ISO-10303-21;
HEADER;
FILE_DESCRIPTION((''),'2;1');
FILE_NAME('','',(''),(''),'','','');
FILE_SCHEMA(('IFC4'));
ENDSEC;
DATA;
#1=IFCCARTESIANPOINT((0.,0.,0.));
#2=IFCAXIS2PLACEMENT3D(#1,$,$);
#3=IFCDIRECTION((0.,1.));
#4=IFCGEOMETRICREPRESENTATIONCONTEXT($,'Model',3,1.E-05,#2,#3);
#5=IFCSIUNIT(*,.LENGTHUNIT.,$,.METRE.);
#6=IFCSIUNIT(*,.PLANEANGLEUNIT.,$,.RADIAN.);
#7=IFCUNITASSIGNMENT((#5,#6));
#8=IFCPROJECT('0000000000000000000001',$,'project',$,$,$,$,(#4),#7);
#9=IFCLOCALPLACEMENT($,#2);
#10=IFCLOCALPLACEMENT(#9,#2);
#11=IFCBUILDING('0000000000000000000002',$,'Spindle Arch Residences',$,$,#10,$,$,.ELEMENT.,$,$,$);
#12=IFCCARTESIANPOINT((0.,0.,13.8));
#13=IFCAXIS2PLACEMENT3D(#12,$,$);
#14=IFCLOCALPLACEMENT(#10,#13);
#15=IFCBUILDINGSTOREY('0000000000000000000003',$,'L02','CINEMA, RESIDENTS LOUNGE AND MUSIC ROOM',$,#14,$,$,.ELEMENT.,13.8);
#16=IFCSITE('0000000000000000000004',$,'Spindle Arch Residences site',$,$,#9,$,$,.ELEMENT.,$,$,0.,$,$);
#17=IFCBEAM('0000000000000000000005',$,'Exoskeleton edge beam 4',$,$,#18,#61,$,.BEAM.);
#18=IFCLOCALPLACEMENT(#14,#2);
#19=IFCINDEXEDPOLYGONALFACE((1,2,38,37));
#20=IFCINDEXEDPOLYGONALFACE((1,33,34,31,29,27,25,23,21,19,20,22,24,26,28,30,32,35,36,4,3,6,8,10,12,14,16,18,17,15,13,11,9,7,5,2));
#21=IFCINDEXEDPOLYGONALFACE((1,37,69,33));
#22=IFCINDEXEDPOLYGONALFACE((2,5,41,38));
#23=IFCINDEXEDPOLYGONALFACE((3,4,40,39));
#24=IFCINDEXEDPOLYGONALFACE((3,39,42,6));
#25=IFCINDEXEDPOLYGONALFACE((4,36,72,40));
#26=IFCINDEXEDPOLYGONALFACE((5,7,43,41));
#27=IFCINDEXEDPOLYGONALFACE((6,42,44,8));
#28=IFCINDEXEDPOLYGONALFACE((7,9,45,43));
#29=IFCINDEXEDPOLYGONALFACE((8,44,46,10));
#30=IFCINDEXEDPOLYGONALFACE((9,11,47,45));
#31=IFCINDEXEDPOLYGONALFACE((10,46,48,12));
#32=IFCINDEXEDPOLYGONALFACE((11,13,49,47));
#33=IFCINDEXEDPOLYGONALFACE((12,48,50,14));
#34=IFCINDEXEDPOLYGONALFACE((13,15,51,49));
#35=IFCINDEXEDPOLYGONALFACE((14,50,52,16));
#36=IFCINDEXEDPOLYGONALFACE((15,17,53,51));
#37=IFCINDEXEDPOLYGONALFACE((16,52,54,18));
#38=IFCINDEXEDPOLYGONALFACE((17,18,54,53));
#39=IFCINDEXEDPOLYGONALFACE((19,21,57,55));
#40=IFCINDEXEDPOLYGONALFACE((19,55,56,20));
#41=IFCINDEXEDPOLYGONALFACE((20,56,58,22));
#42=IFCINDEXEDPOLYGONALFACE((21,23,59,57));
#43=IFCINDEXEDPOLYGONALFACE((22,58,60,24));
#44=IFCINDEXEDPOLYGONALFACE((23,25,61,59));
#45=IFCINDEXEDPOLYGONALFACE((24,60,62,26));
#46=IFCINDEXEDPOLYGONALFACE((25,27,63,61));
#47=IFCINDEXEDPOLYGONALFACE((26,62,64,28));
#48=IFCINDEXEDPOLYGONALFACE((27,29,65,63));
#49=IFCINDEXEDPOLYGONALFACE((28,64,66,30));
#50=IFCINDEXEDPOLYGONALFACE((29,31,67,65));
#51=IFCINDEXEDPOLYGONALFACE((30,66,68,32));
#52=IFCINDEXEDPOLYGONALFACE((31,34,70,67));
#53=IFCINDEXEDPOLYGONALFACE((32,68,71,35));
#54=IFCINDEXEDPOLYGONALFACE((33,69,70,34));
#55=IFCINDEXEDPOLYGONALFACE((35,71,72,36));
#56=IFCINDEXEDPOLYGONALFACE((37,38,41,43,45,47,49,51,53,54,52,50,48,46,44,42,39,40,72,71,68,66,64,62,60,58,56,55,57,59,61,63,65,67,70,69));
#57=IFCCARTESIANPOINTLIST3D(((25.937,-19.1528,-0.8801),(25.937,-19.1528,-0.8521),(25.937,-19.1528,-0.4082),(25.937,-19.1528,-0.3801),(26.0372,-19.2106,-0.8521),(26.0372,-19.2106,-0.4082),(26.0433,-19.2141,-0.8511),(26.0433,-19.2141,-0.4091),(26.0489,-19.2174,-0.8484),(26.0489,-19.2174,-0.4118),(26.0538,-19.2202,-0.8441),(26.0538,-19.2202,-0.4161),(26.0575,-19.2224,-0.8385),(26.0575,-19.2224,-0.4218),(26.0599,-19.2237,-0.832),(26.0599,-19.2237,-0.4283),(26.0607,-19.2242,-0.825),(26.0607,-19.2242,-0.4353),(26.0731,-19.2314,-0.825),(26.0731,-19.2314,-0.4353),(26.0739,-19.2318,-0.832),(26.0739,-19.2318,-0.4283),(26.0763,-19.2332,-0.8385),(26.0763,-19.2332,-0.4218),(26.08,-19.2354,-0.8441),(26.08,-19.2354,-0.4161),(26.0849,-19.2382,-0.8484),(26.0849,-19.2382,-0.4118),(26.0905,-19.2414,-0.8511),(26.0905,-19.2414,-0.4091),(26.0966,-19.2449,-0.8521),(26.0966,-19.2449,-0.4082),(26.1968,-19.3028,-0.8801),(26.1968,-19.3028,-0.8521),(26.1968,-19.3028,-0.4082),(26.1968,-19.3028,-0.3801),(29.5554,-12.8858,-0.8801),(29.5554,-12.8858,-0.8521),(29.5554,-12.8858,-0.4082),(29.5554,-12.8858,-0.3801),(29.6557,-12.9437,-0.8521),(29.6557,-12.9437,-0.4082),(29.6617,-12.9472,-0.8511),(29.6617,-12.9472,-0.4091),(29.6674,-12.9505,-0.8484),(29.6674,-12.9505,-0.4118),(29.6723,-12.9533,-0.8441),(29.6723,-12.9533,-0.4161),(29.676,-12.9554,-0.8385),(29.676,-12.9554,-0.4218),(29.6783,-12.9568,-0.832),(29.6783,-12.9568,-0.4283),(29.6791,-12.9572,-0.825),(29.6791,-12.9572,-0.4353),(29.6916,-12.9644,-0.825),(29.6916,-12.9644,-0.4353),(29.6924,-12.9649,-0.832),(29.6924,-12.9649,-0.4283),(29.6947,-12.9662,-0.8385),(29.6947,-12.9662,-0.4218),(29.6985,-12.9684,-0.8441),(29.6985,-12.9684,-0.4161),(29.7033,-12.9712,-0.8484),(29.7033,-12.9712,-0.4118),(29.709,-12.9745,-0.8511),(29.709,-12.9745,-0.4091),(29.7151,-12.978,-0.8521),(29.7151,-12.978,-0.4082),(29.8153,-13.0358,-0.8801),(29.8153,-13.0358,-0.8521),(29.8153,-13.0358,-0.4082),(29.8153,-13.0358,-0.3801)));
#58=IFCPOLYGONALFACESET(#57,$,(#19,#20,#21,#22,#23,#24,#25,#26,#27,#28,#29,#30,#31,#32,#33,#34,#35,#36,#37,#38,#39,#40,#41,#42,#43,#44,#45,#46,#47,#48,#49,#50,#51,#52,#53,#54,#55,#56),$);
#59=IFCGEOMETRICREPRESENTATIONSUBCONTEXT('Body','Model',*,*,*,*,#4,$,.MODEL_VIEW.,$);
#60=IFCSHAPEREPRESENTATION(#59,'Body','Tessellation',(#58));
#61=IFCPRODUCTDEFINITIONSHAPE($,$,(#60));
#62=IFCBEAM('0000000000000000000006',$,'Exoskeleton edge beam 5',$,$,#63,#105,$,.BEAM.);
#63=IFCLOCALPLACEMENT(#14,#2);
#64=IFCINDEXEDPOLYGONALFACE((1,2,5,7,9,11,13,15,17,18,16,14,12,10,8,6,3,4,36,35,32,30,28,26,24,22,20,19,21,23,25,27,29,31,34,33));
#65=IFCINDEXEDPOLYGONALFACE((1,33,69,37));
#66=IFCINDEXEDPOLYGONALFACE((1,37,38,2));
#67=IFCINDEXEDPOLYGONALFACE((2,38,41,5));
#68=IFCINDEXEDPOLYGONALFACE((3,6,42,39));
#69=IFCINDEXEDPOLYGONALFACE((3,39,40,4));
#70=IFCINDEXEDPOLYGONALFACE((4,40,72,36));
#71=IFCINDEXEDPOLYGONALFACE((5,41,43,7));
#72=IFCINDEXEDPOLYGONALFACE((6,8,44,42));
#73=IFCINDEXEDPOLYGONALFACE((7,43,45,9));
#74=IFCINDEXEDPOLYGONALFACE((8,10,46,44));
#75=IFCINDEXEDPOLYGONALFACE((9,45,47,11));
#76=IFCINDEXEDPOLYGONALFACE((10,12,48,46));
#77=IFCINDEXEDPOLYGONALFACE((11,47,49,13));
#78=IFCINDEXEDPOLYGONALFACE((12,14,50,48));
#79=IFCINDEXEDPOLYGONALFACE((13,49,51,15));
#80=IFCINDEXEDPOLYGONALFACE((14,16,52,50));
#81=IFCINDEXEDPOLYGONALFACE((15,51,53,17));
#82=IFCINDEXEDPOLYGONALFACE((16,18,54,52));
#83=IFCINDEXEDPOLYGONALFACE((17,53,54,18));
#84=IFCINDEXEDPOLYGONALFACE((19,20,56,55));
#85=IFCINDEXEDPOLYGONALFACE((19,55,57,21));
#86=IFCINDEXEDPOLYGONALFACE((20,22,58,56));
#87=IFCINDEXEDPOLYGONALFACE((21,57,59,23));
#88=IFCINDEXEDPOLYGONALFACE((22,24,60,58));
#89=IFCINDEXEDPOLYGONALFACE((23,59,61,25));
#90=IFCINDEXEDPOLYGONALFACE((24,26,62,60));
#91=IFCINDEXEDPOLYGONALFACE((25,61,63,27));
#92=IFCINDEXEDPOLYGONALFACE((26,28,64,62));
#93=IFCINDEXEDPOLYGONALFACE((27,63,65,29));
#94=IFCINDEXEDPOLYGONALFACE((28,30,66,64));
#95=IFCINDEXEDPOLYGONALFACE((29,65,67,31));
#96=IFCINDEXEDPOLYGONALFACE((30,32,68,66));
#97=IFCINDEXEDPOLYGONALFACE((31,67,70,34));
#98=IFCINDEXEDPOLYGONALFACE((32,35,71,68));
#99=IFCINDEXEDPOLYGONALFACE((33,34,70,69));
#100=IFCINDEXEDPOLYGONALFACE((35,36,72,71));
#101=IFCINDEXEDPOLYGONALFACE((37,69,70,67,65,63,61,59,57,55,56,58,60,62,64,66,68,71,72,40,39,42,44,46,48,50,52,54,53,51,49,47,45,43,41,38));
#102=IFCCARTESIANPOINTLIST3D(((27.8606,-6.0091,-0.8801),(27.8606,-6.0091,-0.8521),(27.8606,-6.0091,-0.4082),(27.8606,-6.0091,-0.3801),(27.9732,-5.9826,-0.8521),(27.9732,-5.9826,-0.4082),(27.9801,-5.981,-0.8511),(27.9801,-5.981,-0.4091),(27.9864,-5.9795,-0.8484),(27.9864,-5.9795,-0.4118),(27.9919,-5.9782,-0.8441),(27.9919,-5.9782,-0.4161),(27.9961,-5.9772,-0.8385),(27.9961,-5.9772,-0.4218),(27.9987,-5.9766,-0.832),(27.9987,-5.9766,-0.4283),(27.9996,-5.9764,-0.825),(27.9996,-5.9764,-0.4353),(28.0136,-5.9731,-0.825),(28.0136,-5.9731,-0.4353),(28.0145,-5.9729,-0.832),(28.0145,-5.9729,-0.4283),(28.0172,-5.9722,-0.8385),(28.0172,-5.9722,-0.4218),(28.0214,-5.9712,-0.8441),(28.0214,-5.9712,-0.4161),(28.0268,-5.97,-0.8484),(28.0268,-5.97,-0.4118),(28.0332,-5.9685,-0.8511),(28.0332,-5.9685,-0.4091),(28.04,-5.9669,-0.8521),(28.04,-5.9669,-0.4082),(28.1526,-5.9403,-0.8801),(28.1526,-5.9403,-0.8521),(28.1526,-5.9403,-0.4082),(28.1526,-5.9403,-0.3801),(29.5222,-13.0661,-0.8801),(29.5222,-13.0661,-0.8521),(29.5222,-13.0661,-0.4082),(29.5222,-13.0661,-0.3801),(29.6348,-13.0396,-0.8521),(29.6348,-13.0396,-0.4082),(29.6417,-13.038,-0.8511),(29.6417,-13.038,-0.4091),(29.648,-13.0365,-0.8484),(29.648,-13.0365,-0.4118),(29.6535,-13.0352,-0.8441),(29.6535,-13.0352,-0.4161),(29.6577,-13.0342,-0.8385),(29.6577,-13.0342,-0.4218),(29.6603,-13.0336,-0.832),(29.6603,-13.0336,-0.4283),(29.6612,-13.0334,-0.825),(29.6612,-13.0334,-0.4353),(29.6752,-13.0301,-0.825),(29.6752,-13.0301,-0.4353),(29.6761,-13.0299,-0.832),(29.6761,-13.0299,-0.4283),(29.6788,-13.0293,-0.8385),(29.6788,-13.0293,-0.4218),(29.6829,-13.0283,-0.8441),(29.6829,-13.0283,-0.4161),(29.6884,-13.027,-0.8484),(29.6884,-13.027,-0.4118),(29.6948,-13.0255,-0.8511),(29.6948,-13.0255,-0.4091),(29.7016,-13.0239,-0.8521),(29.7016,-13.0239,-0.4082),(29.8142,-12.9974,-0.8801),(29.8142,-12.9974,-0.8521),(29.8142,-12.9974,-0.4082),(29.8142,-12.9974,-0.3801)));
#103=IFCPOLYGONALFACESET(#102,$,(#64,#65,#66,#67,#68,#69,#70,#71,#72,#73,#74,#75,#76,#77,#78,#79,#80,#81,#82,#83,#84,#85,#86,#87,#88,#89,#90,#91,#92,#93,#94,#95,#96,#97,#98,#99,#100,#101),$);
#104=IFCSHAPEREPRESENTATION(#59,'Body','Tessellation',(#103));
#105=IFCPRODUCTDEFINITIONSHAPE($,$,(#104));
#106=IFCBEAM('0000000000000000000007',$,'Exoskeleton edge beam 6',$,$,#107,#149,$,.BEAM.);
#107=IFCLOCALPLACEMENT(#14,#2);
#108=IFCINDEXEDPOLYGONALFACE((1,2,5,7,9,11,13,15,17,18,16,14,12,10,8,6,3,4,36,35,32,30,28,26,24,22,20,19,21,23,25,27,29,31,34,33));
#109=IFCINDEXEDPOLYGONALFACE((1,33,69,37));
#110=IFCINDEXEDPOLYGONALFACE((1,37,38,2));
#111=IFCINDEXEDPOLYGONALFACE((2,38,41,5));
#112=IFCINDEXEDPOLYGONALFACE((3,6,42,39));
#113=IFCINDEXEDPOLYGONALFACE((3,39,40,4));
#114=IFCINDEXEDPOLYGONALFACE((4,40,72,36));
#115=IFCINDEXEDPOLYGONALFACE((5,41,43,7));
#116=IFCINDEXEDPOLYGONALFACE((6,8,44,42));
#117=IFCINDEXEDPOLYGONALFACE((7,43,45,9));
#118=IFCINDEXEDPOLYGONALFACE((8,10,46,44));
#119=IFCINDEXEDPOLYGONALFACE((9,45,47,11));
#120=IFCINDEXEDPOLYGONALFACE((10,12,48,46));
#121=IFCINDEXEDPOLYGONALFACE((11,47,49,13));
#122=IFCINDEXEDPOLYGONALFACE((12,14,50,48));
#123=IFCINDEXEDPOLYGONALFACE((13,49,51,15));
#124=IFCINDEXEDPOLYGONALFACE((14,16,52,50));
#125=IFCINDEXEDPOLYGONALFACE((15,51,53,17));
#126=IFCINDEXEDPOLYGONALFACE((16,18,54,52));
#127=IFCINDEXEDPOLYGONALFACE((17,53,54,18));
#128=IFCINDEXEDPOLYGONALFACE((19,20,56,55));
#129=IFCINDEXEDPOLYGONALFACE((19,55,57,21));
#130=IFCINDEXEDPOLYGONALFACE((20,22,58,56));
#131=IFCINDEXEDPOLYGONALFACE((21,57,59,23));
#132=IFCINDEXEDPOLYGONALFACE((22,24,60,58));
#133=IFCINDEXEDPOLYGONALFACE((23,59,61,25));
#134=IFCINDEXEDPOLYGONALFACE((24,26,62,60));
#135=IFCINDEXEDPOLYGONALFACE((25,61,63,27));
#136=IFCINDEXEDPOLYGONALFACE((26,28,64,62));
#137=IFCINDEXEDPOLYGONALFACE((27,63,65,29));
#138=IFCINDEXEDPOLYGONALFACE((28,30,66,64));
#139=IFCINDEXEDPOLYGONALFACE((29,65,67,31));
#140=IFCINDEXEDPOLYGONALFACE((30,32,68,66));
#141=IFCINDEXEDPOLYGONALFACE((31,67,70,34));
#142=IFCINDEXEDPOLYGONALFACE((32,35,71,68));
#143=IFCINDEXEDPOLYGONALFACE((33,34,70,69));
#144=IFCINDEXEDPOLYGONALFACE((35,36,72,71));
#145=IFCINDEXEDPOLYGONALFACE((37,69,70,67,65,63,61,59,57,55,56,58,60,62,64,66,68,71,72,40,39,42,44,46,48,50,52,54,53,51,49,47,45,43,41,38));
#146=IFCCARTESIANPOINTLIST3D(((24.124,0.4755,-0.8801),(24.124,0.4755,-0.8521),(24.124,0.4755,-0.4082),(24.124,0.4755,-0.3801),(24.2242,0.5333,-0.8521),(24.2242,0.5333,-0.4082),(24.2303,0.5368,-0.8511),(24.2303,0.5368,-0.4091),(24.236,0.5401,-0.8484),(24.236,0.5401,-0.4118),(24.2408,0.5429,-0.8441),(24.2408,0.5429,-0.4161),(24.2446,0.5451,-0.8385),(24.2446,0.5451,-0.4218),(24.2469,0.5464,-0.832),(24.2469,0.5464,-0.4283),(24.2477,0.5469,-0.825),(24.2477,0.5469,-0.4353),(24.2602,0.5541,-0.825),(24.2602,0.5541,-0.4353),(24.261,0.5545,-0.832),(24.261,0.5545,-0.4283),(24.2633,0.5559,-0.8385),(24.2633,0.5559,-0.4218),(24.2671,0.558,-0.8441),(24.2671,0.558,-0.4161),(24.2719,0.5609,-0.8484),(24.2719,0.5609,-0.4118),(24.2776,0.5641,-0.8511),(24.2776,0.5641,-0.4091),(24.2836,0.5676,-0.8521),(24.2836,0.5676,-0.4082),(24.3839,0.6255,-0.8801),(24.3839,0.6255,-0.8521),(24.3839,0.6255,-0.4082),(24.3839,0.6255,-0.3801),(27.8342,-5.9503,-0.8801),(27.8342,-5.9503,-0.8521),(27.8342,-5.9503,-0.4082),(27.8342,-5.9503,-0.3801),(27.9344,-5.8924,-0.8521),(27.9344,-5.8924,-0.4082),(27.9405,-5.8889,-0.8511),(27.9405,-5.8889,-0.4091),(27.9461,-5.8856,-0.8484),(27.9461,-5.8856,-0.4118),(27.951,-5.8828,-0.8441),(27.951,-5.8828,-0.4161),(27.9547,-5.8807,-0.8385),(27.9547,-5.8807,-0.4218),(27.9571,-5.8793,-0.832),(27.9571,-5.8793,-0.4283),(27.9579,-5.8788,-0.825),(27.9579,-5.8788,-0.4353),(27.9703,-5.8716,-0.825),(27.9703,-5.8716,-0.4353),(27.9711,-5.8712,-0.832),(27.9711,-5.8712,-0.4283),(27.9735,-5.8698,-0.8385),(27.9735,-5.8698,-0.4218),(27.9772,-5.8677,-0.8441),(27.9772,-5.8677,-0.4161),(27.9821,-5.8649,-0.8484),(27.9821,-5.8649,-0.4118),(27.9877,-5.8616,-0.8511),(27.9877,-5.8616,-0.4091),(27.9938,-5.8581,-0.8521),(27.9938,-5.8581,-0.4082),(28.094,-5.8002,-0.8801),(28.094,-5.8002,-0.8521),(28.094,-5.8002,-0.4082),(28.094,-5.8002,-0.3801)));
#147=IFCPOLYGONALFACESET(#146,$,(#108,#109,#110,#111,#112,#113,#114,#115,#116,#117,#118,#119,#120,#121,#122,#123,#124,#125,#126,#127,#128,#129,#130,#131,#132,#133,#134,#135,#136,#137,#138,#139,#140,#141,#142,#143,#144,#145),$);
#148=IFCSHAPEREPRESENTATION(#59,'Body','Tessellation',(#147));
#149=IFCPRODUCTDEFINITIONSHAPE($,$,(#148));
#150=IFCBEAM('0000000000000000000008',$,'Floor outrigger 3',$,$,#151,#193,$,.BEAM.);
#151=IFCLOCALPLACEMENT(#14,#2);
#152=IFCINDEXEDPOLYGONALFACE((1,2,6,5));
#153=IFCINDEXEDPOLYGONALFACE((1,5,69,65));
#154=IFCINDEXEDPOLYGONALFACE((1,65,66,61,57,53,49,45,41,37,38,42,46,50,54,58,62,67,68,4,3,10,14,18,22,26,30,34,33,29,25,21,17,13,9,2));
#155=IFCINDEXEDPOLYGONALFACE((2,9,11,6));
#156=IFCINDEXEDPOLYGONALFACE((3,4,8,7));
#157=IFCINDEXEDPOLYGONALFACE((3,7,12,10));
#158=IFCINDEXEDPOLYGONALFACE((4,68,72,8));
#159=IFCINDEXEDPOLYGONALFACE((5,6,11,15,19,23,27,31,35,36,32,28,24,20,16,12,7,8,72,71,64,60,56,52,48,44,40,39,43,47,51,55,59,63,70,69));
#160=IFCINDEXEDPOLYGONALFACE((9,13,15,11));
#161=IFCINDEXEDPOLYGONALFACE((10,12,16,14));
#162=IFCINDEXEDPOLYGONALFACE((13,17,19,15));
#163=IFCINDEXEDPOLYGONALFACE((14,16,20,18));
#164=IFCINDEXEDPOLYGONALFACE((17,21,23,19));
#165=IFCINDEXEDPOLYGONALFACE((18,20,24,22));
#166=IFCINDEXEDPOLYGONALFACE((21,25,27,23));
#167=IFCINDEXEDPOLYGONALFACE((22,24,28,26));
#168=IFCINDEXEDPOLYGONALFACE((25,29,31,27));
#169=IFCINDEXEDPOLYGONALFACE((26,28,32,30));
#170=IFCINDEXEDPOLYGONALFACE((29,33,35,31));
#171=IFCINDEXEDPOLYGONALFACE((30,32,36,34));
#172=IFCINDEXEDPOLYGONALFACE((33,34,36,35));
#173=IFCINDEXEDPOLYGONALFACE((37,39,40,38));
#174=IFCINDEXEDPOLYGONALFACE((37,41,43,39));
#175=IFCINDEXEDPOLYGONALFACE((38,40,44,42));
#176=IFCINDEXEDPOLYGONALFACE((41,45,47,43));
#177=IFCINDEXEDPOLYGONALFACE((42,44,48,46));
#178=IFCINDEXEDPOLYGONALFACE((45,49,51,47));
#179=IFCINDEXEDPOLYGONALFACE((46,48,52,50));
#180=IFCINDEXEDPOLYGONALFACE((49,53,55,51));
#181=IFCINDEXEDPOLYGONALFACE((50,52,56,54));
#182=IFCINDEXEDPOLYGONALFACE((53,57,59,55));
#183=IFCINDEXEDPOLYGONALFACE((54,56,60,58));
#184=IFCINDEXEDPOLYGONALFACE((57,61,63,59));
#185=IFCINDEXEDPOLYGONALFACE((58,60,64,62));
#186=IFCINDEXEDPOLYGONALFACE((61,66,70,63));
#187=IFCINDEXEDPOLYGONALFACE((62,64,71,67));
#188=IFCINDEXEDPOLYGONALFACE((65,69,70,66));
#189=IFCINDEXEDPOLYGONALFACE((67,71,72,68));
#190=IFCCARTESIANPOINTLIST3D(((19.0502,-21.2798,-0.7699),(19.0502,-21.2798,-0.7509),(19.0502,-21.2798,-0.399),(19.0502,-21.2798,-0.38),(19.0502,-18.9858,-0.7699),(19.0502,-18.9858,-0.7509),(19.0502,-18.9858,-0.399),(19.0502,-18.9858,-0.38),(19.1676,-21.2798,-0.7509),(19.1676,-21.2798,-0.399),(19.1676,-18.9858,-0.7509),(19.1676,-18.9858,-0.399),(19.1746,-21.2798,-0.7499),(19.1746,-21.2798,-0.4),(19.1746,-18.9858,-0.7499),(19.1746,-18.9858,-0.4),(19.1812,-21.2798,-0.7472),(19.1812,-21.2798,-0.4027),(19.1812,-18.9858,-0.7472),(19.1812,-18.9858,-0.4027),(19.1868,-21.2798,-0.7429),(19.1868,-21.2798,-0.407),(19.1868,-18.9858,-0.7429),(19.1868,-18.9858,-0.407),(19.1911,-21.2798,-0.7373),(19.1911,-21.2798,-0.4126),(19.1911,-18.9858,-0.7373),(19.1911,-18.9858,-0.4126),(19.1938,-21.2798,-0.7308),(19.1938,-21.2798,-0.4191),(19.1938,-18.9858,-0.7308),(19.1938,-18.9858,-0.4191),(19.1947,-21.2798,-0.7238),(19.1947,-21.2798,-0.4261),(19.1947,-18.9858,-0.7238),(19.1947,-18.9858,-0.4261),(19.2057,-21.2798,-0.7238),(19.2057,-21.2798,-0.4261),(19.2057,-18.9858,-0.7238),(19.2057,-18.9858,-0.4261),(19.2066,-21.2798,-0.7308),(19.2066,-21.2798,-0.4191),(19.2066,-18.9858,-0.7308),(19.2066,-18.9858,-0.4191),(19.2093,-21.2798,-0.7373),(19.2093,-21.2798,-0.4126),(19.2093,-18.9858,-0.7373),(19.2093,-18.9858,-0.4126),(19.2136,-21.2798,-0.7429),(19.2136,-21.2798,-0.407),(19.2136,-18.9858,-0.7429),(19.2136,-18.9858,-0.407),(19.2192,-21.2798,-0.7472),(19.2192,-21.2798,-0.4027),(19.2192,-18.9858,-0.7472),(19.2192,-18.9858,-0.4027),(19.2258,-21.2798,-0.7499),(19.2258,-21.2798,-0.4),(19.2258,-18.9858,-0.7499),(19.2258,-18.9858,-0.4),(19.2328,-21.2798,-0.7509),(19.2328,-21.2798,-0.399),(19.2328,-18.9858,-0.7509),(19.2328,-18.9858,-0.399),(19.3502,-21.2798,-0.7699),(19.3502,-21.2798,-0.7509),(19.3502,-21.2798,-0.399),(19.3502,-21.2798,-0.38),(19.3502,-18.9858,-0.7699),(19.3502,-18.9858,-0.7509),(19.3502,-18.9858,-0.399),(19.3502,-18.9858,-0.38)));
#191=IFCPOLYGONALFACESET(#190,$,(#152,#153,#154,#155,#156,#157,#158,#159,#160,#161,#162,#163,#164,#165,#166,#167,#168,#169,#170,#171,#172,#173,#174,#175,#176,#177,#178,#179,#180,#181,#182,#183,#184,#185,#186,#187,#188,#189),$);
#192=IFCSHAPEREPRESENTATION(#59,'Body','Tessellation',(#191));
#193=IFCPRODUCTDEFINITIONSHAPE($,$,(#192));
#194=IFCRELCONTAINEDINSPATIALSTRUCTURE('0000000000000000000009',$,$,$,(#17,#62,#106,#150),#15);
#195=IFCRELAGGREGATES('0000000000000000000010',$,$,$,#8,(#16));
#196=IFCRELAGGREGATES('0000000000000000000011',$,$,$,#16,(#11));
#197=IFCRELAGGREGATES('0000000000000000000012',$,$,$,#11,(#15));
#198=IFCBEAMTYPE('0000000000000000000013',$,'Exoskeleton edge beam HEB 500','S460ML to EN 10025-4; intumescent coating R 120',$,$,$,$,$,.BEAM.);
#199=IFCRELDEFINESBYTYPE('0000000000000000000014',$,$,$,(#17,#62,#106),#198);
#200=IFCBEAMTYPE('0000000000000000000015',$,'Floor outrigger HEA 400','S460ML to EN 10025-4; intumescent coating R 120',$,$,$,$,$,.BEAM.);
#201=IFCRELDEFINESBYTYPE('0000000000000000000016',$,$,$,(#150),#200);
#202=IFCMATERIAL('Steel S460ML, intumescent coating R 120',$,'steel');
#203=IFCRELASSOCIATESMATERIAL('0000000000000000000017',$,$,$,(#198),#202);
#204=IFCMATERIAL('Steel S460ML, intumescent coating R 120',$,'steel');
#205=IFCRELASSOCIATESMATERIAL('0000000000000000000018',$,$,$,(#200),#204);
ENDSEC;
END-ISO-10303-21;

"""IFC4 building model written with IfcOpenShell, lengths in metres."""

from ifc_helpers import new_model, si_unit, direction, frame, origin, origin_2d, place, context, subcontext, project, spatial, i_section, extrude, material, material_profile, profile_set, type_object, element, save


model = new_model("IFC4")

# Units and contexts
model_context = context("Model", 3, precision=1e-05, world=origin(), true_north=direction((0.0, 1.0)))
body_context = subcontext(model_context, "Body", "Model", "MODEL_VIEW")
ifc_project = project(units=[si_unit("LENGTHUNIT", "METRE"), si_unit("PLANEANGLEUNIT", "RADIAN")], contexts=[model_context])

# Site, building, storey
site_placement = place(None, origin())
site = spatial("IfcSite", under=ifc_project, at=site_placement, Name="Spindle Arch Residences site", CompositionType="ELEMENT", RefElevation=0.0)
building_placement = place(site_placement, origin())
building = spatial("IfcBuilding", under=site, at=building_placement, Name="Spindle Arch Residences", CompositionType="ELEMENT")
storey_placement = place(building_placement, frame((0.0, 0.0, 13.8)))
storey = spatial("IfcBuildingStorey", under=building, at=storey_placement, Name="L02", Description="CINEMA, RESIDENTS LOUNGE AND MUSIC ROOM", CompositionType="ELEMENT", Elevation=13.8)

# Beams
ifc_material_1 = material(Name="Steel S460ML, intumescent coating R 120", Category="steel")
ifc_material_profile_1 = material_profile(ifc_material_1, i_section(OverallWidth=0.3, OverallDepth=0.5, WebThickness=0.0144, FlangeThickness=0.0281, FilletRadius=0.0271, at=origin_2d()), Name="HEB 500")
ifc_profile_set_1 = profile_set([ifc_material_profile_1], Name="Steel S460ML, intumescent coating R 120")
beam_type_1 = type_object("IfcBeamType", Name="Exoskeleton edge beam HEB 500", Description="S460ML to EN 10025-4; intumescent coating R 120", PredefinedType="BEAM", material=ifc_profile_set_1)
beam_1_placement = place(storey_placement, frame((26.0669, -19.2278, -0.6301), z_axis=(0.500025, 0.866011, 0.0), x_axis=(-0.866011, 0.500025, 0.0)))
element("IfcBeam", 1, at=beam_1_placement, inside=storey, type_object=beam_type_1, Name="Exoskeleton edge beam 4", PredefinedType="BEAM", context=body_context, shape_type="SweptSolid", body=[
    extrude(i_section(OverallWidth=0.3, OverallDepth=0.5, WebThickness=0.0144, FlangeThickness=0.0281, FilletRadius=0.0271, at=origin_2d()), origin(), (0.0, 0.0, 1.0), 7.2366),
])
beam_2_placement = place(storey_placement, frame((29.6682, -13.0317, -0.6301), z_axis=(-0.229186, 0.973383, 0.0), x_axis=(-0.973383, -0.229186, 0.0)))
element("IfcBeam", 2, at=beam_2_placement, inside=storey, type_object=beam_type_1, Name="Exoskeleton edge beam 5", PredefinedType="BEAM", context=body_context, shape_type="SweptSolid", body=[
    extrude(i_section(OverallWidth=0.3, OverallDepth=0.5, WebThickness=0.0144, FlangeThickness=0.0281, FilletRadius=0.0271, at=origin_2d()), origin(), (0.0, 0.0, 1.0), 7.25),
])
beam_3_placement = place(storey_placement, frame((27.9641, -5.8752, -0.6301), z_axis=(-0.500028, 0.866009, 0.0), x_axis=(-0.866009, -0.500028, 0.0)))
element("IfcBeam", 3, at=beam_3_placement, inside=storey, type_object=beam_type_1, Name="Exoskeleton edge beam 6", PredefinedType="BEAM", context=body_context, shape_type="SweptSolid", body=[
    extrude(i_section(OverallWidth=0.3, OverallDepth=0.5, WebThickness=0.0144, FlangeThickness=0.0281, FilletRadius=0.0271, at=origin_2d()), origin(), (0.0, 0.0, 1.0), 7.4199),
])
ifc_material_2 = material(Name="Steel S460ML, intumescent coating R 120", Category="steel")
ifc_material_profile_2 = material_profile(ifc_material_2, i_section(OverallWidth=0.3, OverallDepth=0.3899, WebThickness=0.011, FlangeThickness=0.019, FilletRadius=0.0271, at=origin_2d()), Name="HEA 400")
ifc_profile_set_2 = profile_set([ifc_material_profile_2], Name="Steel S460ML, intumescent coating R 120")
beam_type_2 = type_object("IfcBeamType", Name="Floor outrigger HEA 400", Description="S460ML to EN 10025-4; intumescent coating R 120", PredefinedType="BEAM", material=ifc_profile_set_2)
beam_4_placement = place(storey_placement, frame((19.2002, -21.2798, -0.575), z_axis=(0.0, 1.0, 0.0), x_axis=(-1.0, 0.0, 0.0)))
element("IfcBeam", 4, at=beam_4_placement, inside=storey, type_object=beam_type_2, Name="Floor outrigger 3", PredefinedType="BEAM", context=body_context, shape_type="SweptSolid", body=[
    extrude(i_section(OverallWidth=0.3, OverallDepth=0.3899, WebThickness=0.011, FlangeThickness=0.019, FilletRadius=0.0271, at=origin_2d()), origin(), (0.0, 0.0, 1.0), 2.2939),
])

save(model, "model.ifc")
